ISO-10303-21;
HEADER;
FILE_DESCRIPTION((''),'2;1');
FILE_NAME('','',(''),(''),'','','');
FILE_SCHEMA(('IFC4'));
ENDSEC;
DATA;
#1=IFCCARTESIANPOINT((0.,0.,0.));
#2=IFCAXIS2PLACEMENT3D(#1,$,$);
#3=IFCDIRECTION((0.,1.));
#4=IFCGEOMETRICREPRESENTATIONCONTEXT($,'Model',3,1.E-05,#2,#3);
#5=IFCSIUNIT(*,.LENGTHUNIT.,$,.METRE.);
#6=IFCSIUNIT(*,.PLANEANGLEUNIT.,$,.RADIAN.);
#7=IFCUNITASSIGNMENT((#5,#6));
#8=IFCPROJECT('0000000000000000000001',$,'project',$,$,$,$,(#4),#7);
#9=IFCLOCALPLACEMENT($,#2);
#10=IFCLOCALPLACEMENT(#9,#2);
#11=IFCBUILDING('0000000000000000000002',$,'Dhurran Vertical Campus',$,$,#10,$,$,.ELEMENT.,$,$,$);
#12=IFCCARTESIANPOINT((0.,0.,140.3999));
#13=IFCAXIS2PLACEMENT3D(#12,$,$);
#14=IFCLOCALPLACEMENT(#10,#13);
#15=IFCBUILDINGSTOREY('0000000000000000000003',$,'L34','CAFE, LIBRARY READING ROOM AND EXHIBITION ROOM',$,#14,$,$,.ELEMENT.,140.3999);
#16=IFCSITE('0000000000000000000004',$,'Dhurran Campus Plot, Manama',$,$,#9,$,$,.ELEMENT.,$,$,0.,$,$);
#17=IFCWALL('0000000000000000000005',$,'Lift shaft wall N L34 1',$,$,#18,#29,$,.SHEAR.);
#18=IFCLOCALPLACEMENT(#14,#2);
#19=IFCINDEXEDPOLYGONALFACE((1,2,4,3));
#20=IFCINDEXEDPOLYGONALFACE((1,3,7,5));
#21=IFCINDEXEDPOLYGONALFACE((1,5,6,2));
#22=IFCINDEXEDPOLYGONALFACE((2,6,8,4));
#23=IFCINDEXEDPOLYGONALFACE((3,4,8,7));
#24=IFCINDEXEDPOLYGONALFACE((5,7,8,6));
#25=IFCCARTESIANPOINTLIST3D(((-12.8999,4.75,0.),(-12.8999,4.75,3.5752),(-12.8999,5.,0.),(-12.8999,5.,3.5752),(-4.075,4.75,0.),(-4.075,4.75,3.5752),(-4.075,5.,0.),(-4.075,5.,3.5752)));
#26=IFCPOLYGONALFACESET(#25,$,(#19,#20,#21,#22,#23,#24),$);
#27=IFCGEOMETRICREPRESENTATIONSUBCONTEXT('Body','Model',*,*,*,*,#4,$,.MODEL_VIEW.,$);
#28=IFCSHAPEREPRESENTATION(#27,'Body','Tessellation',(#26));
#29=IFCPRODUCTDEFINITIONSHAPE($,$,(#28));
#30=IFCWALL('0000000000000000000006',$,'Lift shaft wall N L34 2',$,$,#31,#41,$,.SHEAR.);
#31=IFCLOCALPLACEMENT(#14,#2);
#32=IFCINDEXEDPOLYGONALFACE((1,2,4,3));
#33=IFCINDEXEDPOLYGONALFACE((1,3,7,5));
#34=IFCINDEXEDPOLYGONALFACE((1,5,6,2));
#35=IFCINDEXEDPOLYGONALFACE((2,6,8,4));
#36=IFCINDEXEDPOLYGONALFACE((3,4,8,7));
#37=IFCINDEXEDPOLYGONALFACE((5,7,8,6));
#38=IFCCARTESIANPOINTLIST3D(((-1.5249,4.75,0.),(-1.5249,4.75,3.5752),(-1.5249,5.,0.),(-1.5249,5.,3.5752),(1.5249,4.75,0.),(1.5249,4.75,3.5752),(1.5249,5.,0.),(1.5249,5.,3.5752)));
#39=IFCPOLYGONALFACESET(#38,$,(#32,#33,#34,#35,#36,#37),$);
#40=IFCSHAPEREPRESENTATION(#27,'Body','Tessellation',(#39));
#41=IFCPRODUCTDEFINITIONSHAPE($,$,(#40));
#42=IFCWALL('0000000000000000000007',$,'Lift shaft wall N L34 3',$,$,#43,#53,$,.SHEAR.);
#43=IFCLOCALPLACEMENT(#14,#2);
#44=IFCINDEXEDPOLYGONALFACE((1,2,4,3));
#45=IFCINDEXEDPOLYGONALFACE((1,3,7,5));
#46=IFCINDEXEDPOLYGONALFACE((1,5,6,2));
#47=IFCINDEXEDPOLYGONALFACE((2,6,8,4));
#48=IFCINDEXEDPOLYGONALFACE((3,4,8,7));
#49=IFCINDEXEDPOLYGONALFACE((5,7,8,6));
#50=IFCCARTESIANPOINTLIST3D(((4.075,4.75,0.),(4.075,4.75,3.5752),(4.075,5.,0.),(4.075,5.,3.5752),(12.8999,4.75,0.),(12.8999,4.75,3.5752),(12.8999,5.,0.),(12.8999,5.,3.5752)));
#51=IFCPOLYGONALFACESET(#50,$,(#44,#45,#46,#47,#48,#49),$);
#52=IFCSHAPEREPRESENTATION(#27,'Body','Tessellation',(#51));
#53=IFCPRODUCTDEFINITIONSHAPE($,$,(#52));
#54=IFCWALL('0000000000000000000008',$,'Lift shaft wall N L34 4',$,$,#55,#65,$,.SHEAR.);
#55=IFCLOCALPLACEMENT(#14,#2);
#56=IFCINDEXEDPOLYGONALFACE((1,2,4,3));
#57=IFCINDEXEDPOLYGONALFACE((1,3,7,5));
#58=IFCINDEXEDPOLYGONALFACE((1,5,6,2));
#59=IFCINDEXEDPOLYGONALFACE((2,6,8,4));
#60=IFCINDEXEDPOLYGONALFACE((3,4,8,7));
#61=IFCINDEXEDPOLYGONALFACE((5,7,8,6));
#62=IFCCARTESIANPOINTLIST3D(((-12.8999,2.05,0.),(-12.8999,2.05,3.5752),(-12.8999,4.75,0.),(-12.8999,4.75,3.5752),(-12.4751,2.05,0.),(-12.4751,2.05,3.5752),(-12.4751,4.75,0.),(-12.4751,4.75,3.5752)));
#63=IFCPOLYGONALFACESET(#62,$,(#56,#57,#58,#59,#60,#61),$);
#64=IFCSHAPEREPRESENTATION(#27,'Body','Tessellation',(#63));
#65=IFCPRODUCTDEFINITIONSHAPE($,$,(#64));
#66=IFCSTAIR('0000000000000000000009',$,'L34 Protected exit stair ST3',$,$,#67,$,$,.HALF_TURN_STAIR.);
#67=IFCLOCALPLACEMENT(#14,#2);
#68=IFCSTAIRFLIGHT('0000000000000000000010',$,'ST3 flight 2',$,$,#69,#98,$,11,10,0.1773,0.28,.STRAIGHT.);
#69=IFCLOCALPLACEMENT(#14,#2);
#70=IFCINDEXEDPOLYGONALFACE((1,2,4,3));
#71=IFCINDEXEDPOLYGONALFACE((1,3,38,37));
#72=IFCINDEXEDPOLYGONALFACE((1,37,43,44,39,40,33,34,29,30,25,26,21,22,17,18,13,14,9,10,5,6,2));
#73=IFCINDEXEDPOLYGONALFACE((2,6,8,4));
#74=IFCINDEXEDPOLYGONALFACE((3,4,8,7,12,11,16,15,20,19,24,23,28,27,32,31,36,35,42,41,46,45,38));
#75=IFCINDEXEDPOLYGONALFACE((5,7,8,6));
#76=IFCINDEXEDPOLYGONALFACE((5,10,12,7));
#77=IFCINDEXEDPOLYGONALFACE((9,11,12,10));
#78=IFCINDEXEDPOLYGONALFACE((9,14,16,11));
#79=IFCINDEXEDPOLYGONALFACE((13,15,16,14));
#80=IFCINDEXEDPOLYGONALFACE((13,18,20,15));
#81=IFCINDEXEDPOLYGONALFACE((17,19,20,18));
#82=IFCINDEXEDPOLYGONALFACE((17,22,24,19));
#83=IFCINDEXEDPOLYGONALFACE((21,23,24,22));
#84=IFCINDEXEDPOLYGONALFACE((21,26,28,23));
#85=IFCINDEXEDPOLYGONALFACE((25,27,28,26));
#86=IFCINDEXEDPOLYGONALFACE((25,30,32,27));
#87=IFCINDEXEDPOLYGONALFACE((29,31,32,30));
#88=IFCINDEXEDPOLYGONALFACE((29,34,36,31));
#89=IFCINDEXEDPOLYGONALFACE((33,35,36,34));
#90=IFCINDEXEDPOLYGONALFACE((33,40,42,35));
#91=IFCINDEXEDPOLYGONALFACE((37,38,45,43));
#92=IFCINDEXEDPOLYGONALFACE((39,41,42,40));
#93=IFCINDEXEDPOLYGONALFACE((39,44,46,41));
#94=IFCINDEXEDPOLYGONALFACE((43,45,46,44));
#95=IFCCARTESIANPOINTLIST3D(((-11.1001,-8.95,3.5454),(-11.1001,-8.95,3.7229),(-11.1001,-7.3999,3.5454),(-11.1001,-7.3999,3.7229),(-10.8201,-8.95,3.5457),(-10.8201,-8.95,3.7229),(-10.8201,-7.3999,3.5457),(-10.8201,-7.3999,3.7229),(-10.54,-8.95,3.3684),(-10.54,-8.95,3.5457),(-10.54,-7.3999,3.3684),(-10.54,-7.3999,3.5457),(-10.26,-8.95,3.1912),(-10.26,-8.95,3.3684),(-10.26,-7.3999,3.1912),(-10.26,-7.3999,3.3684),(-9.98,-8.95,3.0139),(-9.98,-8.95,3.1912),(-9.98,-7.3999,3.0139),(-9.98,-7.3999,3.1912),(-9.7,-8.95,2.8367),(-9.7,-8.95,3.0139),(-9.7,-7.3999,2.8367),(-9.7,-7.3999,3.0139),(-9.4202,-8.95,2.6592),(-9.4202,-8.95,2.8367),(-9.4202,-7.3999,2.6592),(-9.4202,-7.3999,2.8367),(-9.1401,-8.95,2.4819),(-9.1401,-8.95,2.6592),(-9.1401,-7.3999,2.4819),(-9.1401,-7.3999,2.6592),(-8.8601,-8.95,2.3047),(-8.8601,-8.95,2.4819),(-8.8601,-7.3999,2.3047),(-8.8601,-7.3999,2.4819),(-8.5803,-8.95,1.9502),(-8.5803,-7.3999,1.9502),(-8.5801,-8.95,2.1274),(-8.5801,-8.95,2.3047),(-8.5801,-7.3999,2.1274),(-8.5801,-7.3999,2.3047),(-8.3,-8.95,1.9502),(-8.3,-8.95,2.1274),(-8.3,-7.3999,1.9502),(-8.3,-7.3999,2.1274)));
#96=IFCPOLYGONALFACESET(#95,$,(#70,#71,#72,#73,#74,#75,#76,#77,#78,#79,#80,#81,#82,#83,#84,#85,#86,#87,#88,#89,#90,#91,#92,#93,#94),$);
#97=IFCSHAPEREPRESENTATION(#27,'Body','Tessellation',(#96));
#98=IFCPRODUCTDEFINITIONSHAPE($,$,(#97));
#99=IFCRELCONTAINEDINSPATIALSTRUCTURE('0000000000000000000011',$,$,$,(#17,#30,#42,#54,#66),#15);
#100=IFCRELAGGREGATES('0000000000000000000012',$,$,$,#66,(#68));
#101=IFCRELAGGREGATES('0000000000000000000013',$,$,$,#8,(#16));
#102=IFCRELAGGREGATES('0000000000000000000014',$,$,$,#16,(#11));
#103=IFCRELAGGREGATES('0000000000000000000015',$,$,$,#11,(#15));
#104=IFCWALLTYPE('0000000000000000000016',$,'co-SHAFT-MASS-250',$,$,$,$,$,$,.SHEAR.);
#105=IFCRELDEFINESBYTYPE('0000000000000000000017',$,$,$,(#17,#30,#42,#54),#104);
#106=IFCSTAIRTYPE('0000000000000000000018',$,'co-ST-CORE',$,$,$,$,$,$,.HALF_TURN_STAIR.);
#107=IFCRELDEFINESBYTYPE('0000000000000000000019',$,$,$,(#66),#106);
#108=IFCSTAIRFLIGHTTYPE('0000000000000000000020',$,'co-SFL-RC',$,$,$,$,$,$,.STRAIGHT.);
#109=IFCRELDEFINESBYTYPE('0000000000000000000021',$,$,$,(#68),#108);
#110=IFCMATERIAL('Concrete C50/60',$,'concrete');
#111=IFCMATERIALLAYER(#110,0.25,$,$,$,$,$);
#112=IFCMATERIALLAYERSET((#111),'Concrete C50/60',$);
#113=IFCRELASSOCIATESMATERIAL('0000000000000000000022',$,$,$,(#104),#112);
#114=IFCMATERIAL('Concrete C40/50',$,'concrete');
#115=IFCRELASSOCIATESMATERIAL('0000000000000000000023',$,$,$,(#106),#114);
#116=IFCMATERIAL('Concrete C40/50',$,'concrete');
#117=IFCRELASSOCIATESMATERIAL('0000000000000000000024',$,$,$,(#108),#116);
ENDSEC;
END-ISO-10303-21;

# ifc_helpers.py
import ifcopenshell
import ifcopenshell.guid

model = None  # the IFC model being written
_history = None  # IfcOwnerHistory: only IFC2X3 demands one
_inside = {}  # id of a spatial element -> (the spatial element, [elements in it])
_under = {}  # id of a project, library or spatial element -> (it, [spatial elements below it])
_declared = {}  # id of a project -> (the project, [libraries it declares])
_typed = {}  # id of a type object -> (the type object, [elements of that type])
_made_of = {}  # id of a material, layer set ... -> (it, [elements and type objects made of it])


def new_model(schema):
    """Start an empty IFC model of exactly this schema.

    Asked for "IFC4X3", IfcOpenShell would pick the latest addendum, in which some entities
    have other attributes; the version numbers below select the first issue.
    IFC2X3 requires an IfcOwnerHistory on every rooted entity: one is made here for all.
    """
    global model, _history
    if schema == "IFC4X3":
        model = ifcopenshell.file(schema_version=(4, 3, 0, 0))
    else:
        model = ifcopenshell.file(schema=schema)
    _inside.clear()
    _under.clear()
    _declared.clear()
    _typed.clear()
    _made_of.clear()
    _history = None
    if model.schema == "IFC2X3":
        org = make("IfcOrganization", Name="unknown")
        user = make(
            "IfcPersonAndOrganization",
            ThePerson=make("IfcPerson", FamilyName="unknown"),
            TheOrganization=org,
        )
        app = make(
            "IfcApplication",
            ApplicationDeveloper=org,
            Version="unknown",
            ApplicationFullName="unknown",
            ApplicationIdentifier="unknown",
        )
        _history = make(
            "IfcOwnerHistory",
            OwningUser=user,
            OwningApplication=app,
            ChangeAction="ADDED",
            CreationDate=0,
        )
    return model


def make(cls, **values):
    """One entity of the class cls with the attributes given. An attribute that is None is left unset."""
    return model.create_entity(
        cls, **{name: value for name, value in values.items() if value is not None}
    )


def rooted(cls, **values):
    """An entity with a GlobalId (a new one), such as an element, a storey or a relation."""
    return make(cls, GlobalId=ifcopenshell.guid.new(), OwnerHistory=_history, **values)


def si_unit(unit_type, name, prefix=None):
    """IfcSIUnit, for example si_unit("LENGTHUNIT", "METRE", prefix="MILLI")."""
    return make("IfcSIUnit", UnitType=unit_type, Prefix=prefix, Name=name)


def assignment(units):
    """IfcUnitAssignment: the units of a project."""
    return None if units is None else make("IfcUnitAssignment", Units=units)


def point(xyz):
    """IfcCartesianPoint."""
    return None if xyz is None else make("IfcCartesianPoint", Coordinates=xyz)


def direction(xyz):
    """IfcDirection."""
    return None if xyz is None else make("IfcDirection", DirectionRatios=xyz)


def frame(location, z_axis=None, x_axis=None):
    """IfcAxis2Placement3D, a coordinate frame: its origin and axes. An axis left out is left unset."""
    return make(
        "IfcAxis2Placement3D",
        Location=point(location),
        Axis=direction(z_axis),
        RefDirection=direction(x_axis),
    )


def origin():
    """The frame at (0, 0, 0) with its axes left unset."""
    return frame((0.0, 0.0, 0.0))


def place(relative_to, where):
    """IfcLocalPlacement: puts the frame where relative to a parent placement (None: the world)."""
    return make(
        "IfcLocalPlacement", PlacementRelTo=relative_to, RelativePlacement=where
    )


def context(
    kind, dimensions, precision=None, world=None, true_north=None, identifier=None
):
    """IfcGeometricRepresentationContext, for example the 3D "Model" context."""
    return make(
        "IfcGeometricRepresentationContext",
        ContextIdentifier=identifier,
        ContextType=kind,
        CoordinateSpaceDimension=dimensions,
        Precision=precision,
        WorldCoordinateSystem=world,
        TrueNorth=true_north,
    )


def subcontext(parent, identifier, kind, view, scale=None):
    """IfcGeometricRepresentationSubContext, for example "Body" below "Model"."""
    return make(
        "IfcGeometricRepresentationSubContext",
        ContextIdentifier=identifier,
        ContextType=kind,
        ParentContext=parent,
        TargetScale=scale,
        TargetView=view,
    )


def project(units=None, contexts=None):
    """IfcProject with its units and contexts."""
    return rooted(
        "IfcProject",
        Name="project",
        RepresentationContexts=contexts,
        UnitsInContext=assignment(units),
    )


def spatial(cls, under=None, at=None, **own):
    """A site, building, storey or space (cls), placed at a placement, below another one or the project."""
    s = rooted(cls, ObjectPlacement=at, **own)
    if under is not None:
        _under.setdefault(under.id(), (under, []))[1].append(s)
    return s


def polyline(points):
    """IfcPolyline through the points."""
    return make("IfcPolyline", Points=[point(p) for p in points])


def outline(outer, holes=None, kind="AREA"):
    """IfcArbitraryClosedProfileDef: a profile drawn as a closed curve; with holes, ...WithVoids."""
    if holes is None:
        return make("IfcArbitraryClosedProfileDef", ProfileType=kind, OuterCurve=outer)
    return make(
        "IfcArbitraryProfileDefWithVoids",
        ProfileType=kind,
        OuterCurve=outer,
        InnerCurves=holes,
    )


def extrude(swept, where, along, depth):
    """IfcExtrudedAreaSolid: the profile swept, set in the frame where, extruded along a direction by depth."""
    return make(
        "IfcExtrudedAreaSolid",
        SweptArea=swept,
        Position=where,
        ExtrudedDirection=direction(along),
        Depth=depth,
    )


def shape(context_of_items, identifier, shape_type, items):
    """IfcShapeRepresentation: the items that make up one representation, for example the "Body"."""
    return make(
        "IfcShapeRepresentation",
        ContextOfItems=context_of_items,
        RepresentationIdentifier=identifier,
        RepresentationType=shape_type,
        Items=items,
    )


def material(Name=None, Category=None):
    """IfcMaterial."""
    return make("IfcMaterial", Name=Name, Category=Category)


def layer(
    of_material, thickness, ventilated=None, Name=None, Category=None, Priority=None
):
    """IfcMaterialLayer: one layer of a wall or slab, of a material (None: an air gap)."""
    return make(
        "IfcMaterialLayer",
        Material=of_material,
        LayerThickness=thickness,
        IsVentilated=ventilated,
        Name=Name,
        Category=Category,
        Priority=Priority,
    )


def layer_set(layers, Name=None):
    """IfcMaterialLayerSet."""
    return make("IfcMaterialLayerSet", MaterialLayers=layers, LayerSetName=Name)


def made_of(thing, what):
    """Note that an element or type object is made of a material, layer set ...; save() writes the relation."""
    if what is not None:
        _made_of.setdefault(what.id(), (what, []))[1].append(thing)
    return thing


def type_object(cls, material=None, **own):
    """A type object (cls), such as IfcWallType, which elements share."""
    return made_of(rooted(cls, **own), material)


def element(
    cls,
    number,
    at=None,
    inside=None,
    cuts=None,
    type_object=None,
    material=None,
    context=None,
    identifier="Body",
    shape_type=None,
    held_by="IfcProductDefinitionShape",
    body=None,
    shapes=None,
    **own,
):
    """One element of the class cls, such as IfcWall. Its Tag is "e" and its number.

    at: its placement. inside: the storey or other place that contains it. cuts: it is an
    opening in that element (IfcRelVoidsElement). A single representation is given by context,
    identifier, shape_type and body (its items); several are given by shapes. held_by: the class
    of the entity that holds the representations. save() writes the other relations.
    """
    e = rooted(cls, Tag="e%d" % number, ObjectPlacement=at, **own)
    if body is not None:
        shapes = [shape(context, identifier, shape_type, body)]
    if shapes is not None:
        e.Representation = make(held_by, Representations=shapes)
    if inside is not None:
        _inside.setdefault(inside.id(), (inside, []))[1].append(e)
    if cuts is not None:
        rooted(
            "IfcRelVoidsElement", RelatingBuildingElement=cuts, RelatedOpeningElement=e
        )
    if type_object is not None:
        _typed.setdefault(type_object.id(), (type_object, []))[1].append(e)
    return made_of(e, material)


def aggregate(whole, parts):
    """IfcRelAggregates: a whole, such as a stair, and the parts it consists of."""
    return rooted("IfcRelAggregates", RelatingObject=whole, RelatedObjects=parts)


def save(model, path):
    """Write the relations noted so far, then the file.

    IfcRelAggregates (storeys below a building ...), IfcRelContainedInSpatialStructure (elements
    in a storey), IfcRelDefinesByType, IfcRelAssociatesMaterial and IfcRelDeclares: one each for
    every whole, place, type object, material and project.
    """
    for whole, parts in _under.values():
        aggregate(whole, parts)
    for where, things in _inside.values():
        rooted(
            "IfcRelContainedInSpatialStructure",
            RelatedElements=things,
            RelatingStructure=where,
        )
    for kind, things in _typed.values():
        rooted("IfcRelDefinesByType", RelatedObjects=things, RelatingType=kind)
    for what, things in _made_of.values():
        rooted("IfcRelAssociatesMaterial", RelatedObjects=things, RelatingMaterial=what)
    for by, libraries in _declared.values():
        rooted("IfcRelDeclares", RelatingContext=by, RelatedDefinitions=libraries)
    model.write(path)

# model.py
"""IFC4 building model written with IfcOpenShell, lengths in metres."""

from ifc_helpers import new_model, si_unit, direction, frame, origin, place, context, subcontext, project, spatial, polyline, outline, extrude, material, layer, layer_set, type_object, element, aggregate, save


model = new_model("IFC4")

# Units and contexts
model_context = context("Model", 3, precision=1e-05, world=origin(), true_north=direction((0.0, 1.0)))
body_context = subcontext(model_context, "Body", "Model", "MODEL_VIEW")
ifc_project = project(units=[si_unit("LENGTHUNIT", "METRE"), si_unit("PLANEANGLEUNIT", "RADIAN")], contexts=[model_context])

# Site, building, storey
site_placement = place(None, origin())
site = spatial("IfcSite", under=ifc_project, at=site_placement, Name="Dhurran Campus Plot, Manama", CompositionType="ELEMENT", RefElevation=0.0)
building_placement = place(site_placement, origin())
building = spatial("IfcBuilding", under=site, at=building_placement, Name="Dhurran Vertical Campus", CompositionType="ELEMENT")
storey_placement = place(building_placement, frame((0.0, 0.0, 140.3999)))
storey = spatial("IfcBuildingStorey", under=building, at=storey_placement, Name="L34", Description="CAFE, LIBRARY READING ROOM AND EXHIBITION ROOM", CompositionType="ELEMENT", Elevation=140.3999)

# Walls
ifc_material_1 = material(Name="Concrete C50/60", Category="concrete")
ifc_layer_1 = layer(ifc_material_1, 0.25)
ifc_layer_set_1 = layer_set([ifc_layer_1], Name="Concrete C50/60")
wall_type_1 = type_object("IfcWallType", Name="co-SHAFT-MASS-250", PredefinedType="SHEAR", material=ifc_layer_set_1)
wall_1_placement = place(storey_placement, origin())
element("IfcWall", 1, at=wall_1_placement, inside=storey, type_object=wall_type_1, Name="Lift shaft wall N L34 1", PredefinedType="SHEAR", context=body_context, shape_type="SweptSolid", body=[
    extrude(outline(polyline([(-12.8999, 4.75), (-4.075, 4.75), (-4.075, 5.0), (-12.8999, 5.0), (-12.8999, 4.75)])), origin(), (0.0, 0.0, 1.0), 3.5752),
])
wall_2_placement = place(storey_placement, origin())
element("IfcWall", 2, at=wall_2_placement, inside=storey, type_object=wall_type_1, Name="Lift shaft wall N L34 2", PredefinedType="SHEAR", context=body_context, shape_type="SweptSolid", body=[
    extrude(outline(polyline([(-1.5249, 4.75), (1.5249, 4.75), (1.5249, 5.0), (-1.5249, 5.0), (-1.5249, 4.75)])), origin(), (0.0, 0.0, 1.0), 3.5752),
])
wall_3_placement = place(storey_placement, origin())
element("IfcWall", 3, at=wall_3_placement, inside=storey, type_object=wall_type_1, Name="Lift shaft wall N L34 3", PredefinedType="SHEAR", context=body_context, shape_type="SweptSolid", body=[
    extrude(outline(polyline([(4.075, 4.75), (12.8999, 4.75), (12.8999, 5.0), (4.075, 5.0), (4.075, 4.75)])), origin(), (0.0, 0.0, 1.0), 3.5752),
])
wall_4_placement = place(storey_placement, origin())
element("IfcWall", 4, at=wall_4_placement, inside=storey, type_object=wall_type_1, Name="Lift shaft wall N L34 4", PredefinedType="SHEAR", context=body_context, shape_type="SweptSolid", body=[
    extrude(outline(polyline([(-12.8999, 2.05), (-12.4751, 2.05), (-12.4751, 4.75), (-12.8999, 4.75), (-12.8999, 2.05)])), origin(), (0.0, 0.0, 1.0), 3.5752),
])

# Stair, stair flight
ifc_material_2 = material(Name="Concrete C40/50", Category="concrete")
stair_type = type_object("IfcStairType", Name="co-ST-CORE", PredefinedType="HALF_TURN_STAIR", material=ifc_material_2)
stair_placement = place(storey_placement, origin())
stair = element("IfcStair", 5, at=stair_placement, inside=storey, type_object=stair_type, Name="L34 Protected exit stair ST3", PredefinedType="HALF_TURN_STAIR")
ifc_material_3 = material(Name="Concrete C40/50", Category="concrete")
stair_flight_type = type_object("IfcStairFlightType", Name="co-SFL-RC", PredefinedType="STRAIGHT", material=ifc_material_3)
stair_flight_placement = place(storey_placement, frame((-8.3, -8.175, 1.9502), z_axis=(0.0, 0.0, 1.0), x_axis=(-1.0, 0.0, 0.0)))
stair_flight = element("IfcStairFlight", 6, at=stair_flight_placement, type_object=stair_flight_type, Name="ST3 flight 2", NumberOfRisers=11, NumberOfTreads=10, PredefinedType="STRAIGHT", RiserHeight=0.1773, TreadLength=0.28, context=body_context, shape_type="SweptSolid", body=[
    extrude(outline(polyline([(0.0, 0.0), (0.0, 0.1772), (0.28, 0.1772), (0.28, 0.3545), (0.5601, 0.3545), (0.5601, 0.5317), (0.8401, 0.5317), (0.8401, 0.709), (1.1201, 0.709), (1.1201, 0.8865), (1.3999, 0.8865), (1.3999, 1.0637), (1.6799, 1.0637), (1.6799, 1.241), (1.96, 1.241), (1.96, 1.4182), (2.24, 1.4182), (2.24, 1.5955), (2.52, 1.5955), (2.52, 1.7727), (2.8, 1.7727), (2.8, 1.95), (2.8, 1.5952), (0.2803, 0.0), (0.0, 0.0)])), frame((0.0, 0.7749, 0.0), z_axis=(0.0, -1.0, 0.0), x_axis=(1.0, 0.0, 0.0)), (0.0, 0.0, 1.0), 1.55),
])
aggregate(stair, [stair_flight])

save(model, "model.ifc")
